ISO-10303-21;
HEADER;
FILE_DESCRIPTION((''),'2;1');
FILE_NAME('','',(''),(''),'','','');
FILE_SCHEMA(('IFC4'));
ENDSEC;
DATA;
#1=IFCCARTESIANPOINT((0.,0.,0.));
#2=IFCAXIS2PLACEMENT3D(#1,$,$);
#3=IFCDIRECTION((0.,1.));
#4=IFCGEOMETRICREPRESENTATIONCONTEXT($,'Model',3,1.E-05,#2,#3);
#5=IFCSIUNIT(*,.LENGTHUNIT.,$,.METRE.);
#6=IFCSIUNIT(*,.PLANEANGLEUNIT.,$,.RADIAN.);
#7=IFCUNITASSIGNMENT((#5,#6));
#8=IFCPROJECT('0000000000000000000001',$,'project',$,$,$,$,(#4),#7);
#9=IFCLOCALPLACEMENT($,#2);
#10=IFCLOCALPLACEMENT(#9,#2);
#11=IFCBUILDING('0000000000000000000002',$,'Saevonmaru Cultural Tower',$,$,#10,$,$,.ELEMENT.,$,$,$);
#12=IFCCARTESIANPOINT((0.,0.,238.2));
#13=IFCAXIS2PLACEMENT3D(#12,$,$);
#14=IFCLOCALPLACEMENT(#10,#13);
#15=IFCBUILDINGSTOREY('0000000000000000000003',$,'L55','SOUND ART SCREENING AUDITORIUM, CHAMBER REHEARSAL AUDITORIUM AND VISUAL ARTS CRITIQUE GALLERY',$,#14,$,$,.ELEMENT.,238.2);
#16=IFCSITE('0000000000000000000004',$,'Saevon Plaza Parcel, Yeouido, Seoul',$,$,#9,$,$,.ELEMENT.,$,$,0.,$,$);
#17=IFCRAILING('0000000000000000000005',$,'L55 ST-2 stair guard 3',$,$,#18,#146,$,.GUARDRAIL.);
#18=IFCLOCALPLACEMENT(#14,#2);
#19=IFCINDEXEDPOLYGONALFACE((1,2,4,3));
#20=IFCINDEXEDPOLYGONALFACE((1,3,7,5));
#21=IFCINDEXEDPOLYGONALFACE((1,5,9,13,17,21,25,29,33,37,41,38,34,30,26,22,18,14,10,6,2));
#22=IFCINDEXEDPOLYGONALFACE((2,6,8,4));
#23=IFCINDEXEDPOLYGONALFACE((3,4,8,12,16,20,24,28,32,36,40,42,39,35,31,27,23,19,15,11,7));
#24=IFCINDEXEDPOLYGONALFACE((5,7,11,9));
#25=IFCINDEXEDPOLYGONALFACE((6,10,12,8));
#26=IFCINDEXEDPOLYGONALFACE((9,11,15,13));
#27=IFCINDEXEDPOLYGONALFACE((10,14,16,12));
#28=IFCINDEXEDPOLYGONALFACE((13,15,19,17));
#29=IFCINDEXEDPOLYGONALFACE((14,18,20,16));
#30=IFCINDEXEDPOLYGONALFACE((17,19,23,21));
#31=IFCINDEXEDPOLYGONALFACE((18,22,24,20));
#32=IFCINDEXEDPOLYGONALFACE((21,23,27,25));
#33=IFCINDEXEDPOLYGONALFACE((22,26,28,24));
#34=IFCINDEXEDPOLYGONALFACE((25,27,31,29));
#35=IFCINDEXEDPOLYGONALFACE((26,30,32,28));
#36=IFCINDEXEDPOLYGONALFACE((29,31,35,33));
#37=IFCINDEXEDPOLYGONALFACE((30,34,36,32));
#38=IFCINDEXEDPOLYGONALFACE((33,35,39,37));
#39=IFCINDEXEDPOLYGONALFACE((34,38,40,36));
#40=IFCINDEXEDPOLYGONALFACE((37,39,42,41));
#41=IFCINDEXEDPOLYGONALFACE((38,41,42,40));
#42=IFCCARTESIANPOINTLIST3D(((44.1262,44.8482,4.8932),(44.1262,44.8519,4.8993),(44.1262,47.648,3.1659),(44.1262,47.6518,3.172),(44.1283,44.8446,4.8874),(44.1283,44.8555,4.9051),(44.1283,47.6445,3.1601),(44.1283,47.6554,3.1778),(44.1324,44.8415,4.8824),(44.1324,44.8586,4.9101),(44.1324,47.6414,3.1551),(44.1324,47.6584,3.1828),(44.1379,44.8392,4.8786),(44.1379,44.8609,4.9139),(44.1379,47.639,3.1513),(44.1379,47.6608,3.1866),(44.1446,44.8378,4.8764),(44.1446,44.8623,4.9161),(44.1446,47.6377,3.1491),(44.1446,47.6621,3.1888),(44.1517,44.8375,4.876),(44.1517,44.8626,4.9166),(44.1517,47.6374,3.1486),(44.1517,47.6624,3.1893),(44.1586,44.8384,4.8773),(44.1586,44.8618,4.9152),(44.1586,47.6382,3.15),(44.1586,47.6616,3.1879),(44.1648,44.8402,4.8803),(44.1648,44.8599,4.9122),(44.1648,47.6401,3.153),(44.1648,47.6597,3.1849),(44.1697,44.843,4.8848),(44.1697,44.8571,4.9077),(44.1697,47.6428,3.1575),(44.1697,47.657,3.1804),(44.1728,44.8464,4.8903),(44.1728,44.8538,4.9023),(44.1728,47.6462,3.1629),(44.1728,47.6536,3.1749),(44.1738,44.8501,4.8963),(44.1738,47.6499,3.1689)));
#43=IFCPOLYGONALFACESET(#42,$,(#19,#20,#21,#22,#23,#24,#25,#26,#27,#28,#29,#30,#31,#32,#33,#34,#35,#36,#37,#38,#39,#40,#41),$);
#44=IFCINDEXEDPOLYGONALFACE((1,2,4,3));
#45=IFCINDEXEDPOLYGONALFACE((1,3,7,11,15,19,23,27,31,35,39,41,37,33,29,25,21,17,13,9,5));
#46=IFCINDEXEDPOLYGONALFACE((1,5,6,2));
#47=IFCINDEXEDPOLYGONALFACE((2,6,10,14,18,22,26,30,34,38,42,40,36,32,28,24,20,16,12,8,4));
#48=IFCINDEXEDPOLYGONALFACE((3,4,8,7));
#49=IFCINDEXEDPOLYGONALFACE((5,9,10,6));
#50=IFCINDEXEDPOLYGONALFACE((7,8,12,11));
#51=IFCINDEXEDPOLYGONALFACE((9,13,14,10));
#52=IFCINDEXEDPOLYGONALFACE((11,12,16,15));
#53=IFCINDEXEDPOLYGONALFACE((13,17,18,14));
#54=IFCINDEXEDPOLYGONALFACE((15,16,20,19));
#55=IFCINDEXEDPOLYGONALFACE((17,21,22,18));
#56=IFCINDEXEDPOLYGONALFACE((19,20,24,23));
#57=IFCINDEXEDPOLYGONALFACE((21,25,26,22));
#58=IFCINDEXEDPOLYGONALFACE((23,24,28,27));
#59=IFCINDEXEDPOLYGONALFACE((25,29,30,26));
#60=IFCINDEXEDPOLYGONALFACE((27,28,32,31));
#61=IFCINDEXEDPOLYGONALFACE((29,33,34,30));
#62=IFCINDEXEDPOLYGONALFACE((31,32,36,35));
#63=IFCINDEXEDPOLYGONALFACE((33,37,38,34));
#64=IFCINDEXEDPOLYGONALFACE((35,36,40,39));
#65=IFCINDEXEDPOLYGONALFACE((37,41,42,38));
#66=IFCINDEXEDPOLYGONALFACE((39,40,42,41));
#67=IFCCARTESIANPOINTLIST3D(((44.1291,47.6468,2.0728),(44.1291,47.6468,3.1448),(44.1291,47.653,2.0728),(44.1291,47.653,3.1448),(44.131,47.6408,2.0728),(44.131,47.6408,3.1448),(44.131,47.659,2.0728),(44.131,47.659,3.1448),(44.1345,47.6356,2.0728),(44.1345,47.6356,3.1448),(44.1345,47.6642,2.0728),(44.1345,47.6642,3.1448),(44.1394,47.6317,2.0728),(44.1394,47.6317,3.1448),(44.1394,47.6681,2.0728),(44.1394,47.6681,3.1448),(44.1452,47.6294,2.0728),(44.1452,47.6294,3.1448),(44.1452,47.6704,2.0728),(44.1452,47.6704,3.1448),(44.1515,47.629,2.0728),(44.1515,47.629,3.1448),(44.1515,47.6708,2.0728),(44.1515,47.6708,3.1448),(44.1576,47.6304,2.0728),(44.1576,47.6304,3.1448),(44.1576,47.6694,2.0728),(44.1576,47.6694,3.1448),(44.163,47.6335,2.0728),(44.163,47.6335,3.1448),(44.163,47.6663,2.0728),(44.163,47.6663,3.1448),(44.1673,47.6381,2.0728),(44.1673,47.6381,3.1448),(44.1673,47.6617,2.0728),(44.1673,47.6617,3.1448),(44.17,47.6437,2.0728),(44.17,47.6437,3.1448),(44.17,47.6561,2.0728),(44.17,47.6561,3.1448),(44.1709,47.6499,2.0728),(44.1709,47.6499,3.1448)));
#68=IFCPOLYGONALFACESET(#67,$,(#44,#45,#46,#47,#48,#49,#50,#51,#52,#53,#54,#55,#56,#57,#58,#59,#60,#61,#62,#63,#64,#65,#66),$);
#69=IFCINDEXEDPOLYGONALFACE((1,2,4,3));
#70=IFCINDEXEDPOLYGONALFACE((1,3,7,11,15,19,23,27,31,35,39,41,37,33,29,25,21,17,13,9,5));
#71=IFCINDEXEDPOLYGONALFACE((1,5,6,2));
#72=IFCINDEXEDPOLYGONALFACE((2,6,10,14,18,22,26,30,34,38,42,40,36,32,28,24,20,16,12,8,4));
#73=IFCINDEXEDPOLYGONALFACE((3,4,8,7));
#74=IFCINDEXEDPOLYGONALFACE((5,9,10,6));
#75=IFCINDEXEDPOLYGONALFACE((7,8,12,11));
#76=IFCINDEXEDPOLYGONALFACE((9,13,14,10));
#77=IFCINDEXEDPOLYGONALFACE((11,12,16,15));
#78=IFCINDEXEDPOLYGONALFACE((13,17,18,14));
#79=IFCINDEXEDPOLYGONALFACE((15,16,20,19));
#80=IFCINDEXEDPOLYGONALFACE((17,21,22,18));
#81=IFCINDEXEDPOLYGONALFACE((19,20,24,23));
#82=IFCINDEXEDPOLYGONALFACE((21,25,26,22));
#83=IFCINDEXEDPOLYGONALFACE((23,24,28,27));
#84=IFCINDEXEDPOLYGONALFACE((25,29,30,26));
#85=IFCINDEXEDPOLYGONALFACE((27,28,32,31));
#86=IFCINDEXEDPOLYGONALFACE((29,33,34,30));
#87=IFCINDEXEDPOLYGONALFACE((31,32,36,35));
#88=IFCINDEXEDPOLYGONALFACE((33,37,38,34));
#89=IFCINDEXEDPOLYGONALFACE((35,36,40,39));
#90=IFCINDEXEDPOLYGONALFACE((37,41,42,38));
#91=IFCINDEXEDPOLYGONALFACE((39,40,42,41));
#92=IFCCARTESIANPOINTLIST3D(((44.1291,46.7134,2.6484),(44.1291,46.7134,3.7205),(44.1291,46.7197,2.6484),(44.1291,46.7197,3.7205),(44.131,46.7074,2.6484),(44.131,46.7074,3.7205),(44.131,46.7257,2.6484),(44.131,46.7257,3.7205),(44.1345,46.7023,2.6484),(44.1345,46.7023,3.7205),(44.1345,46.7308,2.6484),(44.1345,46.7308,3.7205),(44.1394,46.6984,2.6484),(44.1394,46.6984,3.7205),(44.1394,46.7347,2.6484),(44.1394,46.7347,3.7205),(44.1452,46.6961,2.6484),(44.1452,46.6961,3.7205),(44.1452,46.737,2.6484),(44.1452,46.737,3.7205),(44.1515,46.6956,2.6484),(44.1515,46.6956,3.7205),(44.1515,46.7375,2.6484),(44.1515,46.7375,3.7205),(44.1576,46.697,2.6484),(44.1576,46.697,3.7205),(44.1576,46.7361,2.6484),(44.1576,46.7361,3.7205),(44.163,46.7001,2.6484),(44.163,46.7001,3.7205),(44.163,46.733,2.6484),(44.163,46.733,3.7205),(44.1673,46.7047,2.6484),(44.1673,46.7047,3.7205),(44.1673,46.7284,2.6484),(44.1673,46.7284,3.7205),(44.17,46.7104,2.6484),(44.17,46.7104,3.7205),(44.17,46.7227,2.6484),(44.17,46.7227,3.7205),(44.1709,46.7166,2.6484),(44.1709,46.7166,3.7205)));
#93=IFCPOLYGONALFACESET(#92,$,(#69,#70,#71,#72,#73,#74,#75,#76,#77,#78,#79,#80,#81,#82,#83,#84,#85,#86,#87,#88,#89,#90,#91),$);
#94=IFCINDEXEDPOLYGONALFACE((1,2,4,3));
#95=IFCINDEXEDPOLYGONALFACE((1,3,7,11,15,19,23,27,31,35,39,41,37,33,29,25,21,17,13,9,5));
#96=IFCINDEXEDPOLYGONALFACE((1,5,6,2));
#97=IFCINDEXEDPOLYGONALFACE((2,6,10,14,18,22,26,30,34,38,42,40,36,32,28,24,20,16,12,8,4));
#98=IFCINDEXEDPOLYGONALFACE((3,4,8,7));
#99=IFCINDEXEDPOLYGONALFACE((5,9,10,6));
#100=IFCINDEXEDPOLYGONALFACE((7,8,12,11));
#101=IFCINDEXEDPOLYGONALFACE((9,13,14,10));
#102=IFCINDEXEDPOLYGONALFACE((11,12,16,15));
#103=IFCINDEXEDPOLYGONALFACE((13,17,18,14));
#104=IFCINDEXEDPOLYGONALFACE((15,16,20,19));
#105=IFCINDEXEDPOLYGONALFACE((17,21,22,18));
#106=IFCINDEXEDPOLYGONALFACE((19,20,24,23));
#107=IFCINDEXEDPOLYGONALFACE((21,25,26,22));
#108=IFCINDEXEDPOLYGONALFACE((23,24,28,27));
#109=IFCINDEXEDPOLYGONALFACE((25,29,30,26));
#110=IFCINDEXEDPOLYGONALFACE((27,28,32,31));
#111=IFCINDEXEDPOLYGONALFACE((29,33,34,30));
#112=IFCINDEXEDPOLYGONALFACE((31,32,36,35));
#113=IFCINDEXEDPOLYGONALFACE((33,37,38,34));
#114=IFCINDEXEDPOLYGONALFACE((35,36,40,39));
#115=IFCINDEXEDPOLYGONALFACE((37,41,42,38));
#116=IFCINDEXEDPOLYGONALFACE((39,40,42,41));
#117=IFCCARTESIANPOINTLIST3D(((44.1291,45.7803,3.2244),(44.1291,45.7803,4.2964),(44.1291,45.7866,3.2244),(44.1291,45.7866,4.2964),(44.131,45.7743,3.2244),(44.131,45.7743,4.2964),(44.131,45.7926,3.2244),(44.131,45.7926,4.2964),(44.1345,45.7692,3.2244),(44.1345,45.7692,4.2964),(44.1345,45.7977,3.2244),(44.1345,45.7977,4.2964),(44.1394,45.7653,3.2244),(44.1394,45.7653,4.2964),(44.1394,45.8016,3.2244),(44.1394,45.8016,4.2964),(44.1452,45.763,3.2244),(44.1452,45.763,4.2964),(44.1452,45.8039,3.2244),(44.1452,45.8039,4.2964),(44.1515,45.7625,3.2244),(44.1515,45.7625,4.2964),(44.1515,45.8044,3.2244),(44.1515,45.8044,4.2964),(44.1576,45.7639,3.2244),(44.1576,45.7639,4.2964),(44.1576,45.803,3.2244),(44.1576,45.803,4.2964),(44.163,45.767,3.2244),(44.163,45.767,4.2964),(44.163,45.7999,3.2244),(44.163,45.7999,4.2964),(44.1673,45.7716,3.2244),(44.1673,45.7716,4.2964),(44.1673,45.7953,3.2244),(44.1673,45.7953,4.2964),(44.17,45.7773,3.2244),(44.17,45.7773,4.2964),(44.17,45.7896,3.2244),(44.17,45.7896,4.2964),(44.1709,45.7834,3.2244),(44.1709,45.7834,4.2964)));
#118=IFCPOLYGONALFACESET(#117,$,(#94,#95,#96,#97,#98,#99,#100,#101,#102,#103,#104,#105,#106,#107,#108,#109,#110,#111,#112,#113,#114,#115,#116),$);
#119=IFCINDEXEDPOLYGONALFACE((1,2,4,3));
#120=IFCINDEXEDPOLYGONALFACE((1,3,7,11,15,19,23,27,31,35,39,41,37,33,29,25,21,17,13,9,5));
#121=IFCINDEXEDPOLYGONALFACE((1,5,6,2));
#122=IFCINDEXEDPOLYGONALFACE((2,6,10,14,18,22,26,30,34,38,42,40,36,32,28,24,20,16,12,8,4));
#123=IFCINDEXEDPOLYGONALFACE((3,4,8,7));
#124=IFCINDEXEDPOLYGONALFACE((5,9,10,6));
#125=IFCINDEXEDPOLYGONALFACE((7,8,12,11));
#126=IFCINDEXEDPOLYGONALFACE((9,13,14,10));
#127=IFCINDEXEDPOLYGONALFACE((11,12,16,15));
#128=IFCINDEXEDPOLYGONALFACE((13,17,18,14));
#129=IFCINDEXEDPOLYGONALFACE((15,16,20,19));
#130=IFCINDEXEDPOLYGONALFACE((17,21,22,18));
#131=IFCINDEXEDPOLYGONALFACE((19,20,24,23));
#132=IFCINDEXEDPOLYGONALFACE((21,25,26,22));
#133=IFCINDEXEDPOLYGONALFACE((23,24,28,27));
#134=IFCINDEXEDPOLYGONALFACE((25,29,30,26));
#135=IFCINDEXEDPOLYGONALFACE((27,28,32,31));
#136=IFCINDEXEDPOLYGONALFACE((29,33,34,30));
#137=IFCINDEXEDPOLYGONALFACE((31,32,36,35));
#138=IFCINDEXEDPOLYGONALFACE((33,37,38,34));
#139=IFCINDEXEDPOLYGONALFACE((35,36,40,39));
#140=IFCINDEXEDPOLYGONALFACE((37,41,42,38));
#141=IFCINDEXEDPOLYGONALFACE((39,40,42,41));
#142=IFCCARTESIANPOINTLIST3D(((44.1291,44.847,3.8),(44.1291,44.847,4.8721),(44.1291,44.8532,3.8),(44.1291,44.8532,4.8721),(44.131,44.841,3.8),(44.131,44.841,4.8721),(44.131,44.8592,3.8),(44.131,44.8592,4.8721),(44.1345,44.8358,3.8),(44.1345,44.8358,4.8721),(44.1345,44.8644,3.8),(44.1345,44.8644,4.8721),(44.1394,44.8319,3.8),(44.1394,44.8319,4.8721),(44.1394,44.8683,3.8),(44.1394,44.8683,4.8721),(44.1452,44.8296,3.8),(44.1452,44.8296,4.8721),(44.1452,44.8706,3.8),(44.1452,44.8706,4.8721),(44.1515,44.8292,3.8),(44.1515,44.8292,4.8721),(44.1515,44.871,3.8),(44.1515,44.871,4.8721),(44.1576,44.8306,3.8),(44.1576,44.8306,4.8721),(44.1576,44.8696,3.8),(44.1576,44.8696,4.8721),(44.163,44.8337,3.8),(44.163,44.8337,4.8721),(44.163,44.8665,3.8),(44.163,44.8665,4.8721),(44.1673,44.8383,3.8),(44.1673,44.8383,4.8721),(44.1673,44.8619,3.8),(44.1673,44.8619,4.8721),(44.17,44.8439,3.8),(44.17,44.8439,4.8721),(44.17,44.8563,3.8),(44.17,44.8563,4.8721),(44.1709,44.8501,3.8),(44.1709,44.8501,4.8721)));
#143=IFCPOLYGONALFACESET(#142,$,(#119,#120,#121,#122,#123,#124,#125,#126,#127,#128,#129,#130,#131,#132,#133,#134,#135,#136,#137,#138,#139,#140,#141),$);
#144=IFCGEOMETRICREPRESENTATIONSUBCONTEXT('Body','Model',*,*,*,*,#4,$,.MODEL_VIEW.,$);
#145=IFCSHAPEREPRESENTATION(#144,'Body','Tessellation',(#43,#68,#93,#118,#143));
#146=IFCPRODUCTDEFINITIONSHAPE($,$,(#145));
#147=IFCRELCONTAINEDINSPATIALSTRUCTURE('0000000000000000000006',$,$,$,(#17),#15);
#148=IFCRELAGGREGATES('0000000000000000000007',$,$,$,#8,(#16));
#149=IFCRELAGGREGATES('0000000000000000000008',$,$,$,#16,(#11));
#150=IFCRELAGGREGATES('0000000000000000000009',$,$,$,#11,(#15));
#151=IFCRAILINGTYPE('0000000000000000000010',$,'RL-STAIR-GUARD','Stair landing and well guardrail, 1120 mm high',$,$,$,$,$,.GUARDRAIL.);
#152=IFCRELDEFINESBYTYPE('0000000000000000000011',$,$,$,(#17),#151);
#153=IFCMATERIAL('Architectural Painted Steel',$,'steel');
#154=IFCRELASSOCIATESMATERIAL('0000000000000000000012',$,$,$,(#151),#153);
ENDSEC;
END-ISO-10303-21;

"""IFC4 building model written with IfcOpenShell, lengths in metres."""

from ifc_helpers import new_model, si_unit, direction, frame, origin, origin_2d, place, context, subcontext, project, spatial, circle, extrude, material, type_object, element, save


model = new_model("IFC4")

# Units and contexts
model_context = context("Model", 3, precision=1e-05, world=origin(), true_north=direction((0.0, 1.0)))
body_context = subcontext(model_context, "Body", "Model", "MODEL_VIEW")
ifc_project = project(units=[si_unit("LENGTHUNIT", "METRE"), si_unit("PLANEANGLEUNIT", "RADIAN")], contexts=[model_context])

# Site, building, storey
site_placement = place(None, origin())
site = spatial("IfcSite", under=ifc_project, at=site_placement, Name="Saevon Plaza Parcel, Yeouido, Seoul", CompositionType="ELEMENT", RefElevation=0.0)
building_placement = place(site_placement, origin())
building = spatial("IfcBuilding", under=site, at=building_placement, Name="Saevonmaru Cultural Tower", CompositionType="ELEMENT")
storey_placement = place(building_placement, frame((0.0, 0.0, 238.2)))
storey = spatial("IfcBuildingStorey", under=building, at=storey_placement, Name="L55", Description="SOUND ART SCREENING AUDITORIUM, CHAMBER REHEARSAL AUDITORIUM AND VISUAL ARTS CRITIQUE GALLERY", CompositionType="ELEMENT", Elevation=238.2)

# Railing
ifc_material_1 = material(Name="Architectural Painted Steel", Category="steel")
railing_type_1 = type_object("IfcRailingType", Name="RL-STAIR-GUARD", Description="Stair landing and well guardrail, 1120 mm high", PredefinedType="GUARDRAIL", material=ifc_material_1)
railing_1_placement = place(storey_placement, frame((44.1499, 47.6499, 2.0728)))
element("IfcRailing", 1, at=railing_1_placement, inside=storey, type_object=railing_type_1, Name="L55 ST-2 stair guard 3", PredefinedType="GUARDRAIL", context=body_context, shape_type="SweptSolid", body=[
    extrude(circle(Radius=0.0239, at=origin_2d()), frame((0.0, 0.0, 1.0962), z_axis=(0.0, -0.851069, 0.525054), x_axis=(1.0, 0.0, 0.0)), (0.0, 0.0, 1.0), 3.2898),
    extrude(circle(Radius=0.021, at=origin_2d()), origin(), (0.0, 0.0, 1.0), 1.072),
    extrude(circle(Radius=0.021, at=origin_2d()), frame((0.0, -0.9333, 0.5757)), (0.0, 0.0, 1.0), 1.072),
    extrude(circle(Radius=0.021, at=origin_2d()), frame((0.0, -1.8665, 1.1516)), (0.0, 0.0, 1.0), 1.072),
    extrude(circle(Radius=0.021, at=origin_2d()), frame((0.0, -2.7998, 1.7273)), (0.0, 0.0, 1.0), 1.072),
])

save(model, "model.ifc")
